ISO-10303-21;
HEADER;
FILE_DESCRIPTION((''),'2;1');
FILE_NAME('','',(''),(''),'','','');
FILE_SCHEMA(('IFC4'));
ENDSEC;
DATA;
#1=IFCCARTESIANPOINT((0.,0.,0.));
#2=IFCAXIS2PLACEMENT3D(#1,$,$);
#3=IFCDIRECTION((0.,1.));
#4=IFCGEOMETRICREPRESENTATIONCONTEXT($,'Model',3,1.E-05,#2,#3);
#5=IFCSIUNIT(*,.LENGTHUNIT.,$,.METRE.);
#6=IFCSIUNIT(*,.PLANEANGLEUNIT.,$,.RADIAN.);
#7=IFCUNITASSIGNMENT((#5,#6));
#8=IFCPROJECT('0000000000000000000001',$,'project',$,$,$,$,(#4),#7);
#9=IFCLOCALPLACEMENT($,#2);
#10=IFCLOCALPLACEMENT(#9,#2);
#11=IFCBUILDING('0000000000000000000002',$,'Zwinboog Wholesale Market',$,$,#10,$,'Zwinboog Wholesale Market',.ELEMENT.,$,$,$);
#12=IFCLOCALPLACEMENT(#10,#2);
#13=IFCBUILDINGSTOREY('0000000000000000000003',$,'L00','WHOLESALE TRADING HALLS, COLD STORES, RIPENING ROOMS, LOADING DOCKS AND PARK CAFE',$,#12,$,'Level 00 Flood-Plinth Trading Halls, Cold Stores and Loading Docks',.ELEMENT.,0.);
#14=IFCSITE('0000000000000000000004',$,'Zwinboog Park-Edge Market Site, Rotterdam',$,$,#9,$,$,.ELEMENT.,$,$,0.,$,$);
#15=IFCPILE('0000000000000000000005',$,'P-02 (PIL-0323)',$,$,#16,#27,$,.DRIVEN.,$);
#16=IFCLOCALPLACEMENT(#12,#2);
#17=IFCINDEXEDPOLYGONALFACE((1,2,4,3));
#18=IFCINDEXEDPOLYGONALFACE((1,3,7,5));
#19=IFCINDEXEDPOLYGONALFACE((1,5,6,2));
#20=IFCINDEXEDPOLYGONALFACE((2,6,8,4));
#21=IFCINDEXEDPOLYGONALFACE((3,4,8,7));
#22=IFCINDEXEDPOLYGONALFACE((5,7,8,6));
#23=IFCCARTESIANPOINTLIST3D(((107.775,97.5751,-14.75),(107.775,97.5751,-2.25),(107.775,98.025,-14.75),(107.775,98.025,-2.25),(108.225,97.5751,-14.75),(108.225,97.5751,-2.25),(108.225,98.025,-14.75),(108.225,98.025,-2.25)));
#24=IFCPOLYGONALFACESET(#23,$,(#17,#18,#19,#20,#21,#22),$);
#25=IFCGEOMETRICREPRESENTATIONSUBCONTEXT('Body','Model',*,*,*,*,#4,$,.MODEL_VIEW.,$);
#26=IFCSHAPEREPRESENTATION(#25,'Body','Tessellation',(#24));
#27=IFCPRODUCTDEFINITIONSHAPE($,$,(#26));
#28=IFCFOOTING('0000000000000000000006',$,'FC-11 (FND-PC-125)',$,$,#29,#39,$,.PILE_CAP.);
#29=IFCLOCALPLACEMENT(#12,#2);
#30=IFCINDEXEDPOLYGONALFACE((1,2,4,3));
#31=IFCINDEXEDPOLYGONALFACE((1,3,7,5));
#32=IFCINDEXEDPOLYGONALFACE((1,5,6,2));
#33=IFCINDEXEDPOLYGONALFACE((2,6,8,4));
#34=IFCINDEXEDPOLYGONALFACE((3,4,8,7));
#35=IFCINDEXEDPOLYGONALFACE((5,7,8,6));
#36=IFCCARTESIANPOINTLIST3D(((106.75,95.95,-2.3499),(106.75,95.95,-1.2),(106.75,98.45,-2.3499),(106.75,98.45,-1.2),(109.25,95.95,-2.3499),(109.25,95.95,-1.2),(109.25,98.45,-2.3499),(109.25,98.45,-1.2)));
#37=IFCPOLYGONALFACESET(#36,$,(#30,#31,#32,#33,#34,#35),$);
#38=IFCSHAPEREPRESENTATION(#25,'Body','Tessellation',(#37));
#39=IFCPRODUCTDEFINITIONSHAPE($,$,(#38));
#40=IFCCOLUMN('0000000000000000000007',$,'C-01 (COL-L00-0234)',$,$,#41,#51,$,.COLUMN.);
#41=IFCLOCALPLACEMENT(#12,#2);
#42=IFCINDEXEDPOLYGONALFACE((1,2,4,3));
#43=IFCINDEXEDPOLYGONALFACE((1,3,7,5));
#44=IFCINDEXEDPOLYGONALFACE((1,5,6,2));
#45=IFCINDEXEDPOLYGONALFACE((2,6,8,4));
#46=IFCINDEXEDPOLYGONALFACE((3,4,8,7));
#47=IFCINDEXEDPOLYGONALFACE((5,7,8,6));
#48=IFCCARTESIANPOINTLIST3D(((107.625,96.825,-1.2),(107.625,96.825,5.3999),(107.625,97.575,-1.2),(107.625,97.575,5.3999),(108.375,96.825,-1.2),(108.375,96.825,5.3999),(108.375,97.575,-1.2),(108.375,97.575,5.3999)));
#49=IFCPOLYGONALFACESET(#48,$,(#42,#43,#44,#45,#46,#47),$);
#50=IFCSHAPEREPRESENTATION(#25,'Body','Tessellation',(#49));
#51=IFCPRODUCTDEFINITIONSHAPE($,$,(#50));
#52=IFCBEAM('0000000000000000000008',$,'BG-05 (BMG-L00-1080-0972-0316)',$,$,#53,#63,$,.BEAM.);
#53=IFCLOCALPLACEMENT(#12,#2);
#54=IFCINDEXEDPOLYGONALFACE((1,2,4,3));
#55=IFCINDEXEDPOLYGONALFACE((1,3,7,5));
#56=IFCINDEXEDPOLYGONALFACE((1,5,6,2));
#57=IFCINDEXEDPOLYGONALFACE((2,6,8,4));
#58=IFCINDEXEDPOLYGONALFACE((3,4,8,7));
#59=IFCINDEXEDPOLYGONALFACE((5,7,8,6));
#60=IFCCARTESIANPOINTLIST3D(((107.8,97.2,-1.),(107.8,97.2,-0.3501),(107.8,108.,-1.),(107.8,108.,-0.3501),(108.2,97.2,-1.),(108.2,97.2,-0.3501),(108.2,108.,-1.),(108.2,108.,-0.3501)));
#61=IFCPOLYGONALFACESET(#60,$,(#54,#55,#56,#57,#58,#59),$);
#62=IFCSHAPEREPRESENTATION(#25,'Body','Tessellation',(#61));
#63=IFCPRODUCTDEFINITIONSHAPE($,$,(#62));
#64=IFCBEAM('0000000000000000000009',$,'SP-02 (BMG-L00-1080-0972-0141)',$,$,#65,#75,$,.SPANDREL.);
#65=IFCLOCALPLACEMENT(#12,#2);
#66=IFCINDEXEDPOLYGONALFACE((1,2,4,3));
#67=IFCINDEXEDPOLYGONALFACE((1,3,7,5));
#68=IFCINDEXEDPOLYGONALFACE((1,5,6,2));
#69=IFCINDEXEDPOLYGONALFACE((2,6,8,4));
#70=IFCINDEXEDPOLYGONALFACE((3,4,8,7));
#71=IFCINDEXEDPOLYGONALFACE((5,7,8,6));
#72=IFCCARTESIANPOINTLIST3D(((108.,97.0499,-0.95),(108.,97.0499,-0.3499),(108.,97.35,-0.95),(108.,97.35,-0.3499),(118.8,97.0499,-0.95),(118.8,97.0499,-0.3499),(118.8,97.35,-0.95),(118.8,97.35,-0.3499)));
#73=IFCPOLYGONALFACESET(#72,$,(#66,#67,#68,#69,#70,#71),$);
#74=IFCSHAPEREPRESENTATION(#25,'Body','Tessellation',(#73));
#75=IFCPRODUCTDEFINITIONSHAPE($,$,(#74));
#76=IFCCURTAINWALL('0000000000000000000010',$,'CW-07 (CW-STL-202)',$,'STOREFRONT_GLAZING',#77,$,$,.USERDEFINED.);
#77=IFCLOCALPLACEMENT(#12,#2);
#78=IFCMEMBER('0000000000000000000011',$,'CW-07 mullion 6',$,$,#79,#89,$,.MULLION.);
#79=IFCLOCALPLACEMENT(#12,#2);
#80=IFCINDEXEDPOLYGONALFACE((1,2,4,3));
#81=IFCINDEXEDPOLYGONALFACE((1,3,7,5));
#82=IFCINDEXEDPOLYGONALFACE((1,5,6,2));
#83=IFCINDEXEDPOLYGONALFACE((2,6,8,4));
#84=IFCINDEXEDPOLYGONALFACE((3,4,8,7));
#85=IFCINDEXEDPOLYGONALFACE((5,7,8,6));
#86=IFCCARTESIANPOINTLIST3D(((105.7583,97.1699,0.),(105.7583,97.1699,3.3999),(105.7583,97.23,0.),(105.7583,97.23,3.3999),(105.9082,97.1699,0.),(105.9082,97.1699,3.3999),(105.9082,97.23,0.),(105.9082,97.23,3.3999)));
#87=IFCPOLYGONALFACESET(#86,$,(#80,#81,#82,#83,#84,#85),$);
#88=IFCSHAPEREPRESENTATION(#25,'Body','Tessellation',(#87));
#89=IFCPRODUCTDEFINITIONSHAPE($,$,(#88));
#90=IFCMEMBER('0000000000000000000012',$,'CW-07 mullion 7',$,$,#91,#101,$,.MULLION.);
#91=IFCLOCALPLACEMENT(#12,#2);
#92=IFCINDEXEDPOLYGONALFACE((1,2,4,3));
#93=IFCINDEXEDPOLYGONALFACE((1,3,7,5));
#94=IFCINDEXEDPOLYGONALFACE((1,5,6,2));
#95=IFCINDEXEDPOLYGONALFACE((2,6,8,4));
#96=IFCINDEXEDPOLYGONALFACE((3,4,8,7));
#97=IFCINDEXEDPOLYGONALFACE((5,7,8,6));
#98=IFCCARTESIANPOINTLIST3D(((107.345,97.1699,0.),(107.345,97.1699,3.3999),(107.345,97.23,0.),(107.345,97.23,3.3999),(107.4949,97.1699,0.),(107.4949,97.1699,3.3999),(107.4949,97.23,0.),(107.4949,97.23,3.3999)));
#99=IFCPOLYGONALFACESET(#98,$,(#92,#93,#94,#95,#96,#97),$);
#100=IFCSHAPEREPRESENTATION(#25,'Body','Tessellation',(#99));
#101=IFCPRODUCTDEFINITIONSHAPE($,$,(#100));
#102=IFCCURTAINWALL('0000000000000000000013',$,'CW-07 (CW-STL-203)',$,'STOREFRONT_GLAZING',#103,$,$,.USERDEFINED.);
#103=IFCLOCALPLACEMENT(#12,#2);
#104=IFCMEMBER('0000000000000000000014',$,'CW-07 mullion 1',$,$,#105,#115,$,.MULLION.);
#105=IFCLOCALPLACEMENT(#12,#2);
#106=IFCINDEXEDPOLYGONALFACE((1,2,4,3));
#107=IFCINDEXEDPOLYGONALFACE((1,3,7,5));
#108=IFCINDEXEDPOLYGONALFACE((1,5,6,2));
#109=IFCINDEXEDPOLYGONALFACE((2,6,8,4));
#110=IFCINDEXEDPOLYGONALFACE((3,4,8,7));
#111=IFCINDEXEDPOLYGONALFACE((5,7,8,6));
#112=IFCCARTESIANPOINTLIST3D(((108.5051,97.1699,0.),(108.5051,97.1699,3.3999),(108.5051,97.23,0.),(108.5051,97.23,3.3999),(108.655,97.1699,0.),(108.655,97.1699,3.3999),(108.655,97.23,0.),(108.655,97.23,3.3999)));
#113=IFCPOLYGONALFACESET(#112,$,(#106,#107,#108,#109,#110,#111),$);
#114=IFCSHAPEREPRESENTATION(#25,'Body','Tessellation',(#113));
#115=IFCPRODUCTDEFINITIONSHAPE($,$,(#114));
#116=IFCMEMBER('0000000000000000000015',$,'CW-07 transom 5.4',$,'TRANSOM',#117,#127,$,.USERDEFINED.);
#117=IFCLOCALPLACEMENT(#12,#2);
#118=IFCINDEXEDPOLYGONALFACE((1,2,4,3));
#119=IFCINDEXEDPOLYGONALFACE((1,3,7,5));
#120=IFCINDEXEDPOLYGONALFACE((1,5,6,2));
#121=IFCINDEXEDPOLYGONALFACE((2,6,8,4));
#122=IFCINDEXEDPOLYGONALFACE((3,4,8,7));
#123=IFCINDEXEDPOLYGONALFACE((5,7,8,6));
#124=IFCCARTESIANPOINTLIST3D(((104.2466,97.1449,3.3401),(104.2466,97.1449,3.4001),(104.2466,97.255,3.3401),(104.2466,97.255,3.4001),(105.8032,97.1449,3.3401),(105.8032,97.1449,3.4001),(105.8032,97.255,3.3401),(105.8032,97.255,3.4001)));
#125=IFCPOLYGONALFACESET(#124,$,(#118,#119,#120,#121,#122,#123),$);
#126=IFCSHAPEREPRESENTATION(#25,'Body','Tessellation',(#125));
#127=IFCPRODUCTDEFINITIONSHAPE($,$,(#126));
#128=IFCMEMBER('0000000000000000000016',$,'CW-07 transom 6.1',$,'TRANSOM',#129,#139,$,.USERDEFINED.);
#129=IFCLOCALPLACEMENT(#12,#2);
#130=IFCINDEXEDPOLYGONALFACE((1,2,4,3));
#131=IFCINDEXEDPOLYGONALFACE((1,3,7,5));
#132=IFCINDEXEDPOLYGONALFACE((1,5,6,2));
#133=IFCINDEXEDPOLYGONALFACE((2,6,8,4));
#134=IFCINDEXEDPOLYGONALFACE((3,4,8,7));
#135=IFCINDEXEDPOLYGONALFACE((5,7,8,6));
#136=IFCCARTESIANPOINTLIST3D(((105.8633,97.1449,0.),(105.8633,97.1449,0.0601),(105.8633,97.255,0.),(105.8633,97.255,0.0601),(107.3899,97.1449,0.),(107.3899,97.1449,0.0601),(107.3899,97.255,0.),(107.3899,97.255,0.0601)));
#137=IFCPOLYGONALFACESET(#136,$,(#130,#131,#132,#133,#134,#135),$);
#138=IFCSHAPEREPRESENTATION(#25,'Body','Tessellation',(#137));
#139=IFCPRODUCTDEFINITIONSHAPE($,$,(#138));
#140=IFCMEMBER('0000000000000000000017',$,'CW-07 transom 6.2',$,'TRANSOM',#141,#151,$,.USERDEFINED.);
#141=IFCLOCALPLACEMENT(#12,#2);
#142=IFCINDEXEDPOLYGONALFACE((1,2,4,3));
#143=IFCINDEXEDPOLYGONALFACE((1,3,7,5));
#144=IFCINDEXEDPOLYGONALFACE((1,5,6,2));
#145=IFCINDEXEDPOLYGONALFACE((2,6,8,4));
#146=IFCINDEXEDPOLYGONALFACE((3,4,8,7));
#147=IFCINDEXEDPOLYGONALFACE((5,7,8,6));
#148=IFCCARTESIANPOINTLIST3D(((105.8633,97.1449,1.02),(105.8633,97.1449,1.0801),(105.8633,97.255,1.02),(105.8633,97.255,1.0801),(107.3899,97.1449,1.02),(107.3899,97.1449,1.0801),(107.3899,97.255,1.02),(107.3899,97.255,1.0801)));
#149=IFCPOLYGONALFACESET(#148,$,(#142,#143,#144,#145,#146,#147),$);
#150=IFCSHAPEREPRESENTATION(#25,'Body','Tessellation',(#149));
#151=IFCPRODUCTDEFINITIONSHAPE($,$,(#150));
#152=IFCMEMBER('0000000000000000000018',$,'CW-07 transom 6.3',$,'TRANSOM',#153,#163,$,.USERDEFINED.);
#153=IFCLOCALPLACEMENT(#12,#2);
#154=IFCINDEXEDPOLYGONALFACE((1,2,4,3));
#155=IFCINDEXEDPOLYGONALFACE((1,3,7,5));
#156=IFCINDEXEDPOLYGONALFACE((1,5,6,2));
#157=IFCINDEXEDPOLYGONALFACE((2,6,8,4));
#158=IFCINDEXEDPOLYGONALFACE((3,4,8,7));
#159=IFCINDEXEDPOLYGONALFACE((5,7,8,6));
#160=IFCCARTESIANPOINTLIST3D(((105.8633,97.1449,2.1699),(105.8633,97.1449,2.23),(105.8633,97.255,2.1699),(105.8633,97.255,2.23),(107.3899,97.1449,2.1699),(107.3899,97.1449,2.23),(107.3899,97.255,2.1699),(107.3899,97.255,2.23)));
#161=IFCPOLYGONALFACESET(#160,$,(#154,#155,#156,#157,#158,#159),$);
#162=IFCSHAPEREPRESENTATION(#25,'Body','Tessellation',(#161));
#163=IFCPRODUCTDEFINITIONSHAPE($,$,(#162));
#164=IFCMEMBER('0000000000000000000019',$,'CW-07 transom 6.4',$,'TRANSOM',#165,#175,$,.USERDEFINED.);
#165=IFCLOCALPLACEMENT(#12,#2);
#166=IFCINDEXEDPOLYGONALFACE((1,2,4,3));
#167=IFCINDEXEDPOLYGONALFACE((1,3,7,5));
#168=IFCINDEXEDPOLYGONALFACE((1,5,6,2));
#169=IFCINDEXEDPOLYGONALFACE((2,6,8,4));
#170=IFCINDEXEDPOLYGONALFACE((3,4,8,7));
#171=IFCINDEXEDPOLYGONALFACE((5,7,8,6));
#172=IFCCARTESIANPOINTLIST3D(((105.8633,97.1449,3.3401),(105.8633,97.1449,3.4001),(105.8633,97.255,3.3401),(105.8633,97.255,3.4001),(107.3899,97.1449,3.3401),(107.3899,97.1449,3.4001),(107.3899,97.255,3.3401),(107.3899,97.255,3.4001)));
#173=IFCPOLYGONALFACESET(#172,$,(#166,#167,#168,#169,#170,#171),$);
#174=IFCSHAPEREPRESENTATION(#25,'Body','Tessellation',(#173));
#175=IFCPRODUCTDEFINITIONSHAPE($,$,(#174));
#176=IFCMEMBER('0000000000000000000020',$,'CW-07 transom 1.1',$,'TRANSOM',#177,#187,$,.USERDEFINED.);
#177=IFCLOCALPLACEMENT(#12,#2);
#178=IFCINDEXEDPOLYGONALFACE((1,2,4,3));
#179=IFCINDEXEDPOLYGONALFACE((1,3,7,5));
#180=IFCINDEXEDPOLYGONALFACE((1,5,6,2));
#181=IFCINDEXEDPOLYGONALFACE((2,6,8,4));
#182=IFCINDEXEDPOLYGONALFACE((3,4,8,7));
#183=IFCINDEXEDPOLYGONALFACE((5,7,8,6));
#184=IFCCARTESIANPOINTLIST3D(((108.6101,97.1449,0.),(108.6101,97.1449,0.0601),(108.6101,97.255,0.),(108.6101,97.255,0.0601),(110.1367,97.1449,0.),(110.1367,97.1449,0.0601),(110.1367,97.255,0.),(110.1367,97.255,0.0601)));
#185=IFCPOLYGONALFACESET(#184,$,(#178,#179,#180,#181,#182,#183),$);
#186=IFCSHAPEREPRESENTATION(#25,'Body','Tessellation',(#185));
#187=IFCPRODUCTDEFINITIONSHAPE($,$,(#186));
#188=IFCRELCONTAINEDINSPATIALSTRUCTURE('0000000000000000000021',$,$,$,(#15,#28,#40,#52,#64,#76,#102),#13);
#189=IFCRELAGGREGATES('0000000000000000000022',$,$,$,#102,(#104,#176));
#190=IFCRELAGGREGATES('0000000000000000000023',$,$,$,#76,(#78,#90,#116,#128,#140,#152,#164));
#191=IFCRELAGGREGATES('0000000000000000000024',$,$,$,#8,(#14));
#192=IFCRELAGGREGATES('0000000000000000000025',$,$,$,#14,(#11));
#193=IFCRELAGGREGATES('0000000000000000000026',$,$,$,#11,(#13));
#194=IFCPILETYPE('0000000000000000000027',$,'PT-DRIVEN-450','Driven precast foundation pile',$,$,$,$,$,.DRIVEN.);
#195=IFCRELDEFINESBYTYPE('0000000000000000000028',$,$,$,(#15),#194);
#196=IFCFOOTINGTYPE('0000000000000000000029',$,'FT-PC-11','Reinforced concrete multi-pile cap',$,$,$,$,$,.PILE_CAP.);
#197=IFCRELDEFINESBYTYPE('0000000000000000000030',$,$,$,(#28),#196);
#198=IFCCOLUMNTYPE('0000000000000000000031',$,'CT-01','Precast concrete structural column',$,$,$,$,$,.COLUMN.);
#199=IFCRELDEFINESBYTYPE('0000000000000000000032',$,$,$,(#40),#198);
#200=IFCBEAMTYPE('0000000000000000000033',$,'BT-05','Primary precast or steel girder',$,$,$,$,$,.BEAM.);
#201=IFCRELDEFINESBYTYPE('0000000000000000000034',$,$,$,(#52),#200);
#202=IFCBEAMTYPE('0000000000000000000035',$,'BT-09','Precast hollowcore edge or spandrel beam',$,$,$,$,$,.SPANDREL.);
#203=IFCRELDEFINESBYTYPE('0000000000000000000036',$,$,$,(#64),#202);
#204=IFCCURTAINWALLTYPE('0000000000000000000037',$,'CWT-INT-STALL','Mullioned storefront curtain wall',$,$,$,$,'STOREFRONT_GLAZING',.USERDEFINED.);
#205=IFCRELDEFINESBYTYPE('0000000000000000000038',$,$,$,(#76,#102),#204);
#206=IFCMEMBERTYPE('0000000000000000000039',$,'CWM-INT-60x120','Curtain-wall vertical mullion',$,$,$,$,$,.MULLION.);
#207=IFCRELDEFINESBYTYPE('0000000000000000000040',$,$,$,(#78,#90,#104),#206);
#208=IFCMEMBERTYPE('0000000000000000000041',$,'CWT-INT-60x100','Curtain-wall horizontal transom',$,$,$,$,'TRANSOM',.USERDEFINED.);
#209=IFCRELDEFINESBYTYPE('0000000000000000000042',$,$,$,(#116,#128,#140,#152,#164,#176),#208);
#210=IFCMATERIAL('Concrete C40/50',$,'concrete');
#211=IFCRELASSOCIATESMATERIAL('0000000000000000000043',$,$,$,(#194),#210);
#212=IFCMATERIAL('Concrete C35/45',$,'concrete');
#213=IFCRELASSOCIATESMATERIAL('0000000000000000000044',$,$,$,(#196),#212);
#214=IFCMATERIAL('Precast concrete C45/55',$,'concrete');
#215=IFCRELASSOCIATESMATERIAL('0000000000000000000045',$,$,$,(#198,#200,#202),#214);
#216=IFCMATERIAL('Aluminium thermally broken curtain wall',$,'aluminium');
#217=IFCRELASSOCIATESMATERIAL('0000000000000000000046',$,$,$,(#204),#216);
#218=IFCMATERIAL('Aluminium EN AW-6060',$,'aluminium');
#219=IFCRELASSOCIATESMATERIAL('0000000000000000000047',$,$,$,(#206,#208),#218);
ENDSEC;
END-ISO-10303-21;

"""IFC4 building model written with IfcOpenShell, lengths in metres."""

from ifc_helpers import new_model, si_unit, direction, frame, origin, origin_2d, place, context, subcontext, project, spatial, rectangle, extrude, material, material_profile, profile_set, type_object, element, aggregate, save


model = new_model("IFC4")

# Units and contexts
model_context = context("Model", 3, precision=1e-05, world=origin(), true_north=direction((0.0, 1.0)))
body_context = subcontext(model_context, "Body", "Model", "MODEL_VIEW")
ifc_project = project(units=[si_unit("LENGTHUNIT", "METRE"), si_unit("PLANEANGLEUNIT", "RADIAN")], contexts=[model_context])

# Site, building, storey
site_placement = place(None, origin())
site = spatial("IfcSite", under=ifc_project, at=site_placement, Name="Zwinboog Park-Edge Market Site, Rotterdam", CompositionType="ELEMENT", RefElevation=0.0)
building_placement = place(site_placement, origin())
building = spatial("IfcBuilding", under=site, at=building_placement, Name="Zwinboog Wholesale Market", LongName="Zwinboog Wholesale Market", CompositionType="ELEMENT")
storey_placement = place(building_placement, origin())
storey = spatial("IfcBuildingStorey", under=building, at=storey_placement, Name="L00", Description="WHOLESALE TRADING HALLS, COLD STORES, RIPENING ROOMS, LOADING DOCKS AND PARK CAFE", LongName="Level 00 Flood-Plinth Trading Halls, Cold Stores and Loading Docks", CompositionType="ELEMENT", Elevation=0.0)

# Pile
ifc_material_1 = material(Name="Concrete C40/50", Category="concrete")
ifc_material_profile_1 = material_profile(ifc_material_1, rectangle(XDim=0.45, YDim=0.45, at=origin_2d()), Name="PILE SQ450")
ifc_profile_set_1 = profile_set([ifc_material_profile_1], Name="Concrete C40/50")
pile_type = type_object("IfcPileType", Name="PT-DRIVEN-450", Description="Driven precast foundation pile", PredefinedType="DRIVEN", material=ifc_profile_set_1)
pile_placement = place(storey_placement, frame((108.0, 97.8, -2.25), z_axis=(0.0, 0.0, -1.0), x_axis=(1.0, 0.0, 0.0)))
element("IfcPile", 1, at=pile_placement, inside=storey, type_object=pile_type, Name="P-02 (PIL-0323)", PredefinedType="DRIVEN", context=body_context, shape_type="SweptSolid", body=[
    extrude(rectangle(XDim=0.45, YDim=0.45, at=origin_2d()), origin(), (0.0, 0.0, 1.0), 12.5),
])

# Footing
ifc_material_2 = material(Name="Concrete C35/45", Category="concrete")
footing_type = type_object("IfcFootingType", Name="FT-PC-11", Description="Reinforced concrete multi-pile cap", PredefinedType="PILE_CAP", material=ifc_material_2)
footing_placement = place(storey_placement, frame((108.0, 97.2, -2.3499), z_axis=(0.0, 0.0, 1.0), x_axis=(1.0, 0.0, 0.0)))
element("IfcFooting", 2, at=footing_placement, inside=storey, type_object=footing_type, Name="FC-11 (FND-PC-125)", PredefinedType="PILE_CAP", context=body_context, shape_type="SweptSolid", body=[
    extrude(rectangle(XDim=2.5, YDim=2.5, at=origin_2d()), origin(), (0.0, 0.0, 1.0), 1.1499),
])

# Column
ifc_material_3 = material(Name="Precast concrete C45/55", Category="concrete")
ifc_material_profile_2 = material_profile(ifc_material_3, rectangle(XDim=0.75, YDim=0.75, at=origin_2d()), Name="PC 750x750")
ifc_profile_set_2 = profile_set([ifc_material_profile_2], Name="Precast concrete C45/55")
column_type = type_object("IfcColumnType", Name="CT-01", Description="Precast concrete structural column", PredefinedType="COLUMN", material=ifc_profile_set_2)
column_placement = place(storey_placement, frame((108.0, 97.2, -1.2), z_axis=(0.0, 0.0, 1.0), x_axis=(1.0, 0.0, 0.0)))
element("IfcColumn", 3, at=column_placement, inside=storey, type_object=column_type, Name="C-01 (COL-L00-0234)", PredefinedType="COLUMN", context=body_context, shape_type="SweptSolid", body=[
    extrude(rectangle(XDim=0.75, YDim=0.75, at=origin_2d()), origin(), (0.0, 0.0, 1.0), 6.5999),
])

# Beams
ifc_material_profile_3 = material_profile(ifc_material_3, rectangle(XDim=0.3999, YDim=0.6499, at=origin_2d()), Name="PC 400x650")
ifc_profile_set_3 = profile_set([ifc_material_profile_3], Name="Precast concrete C45/55")
beam_type_1 = type_object("IfcBeamType", Name="BT-05", Description="Primary precast or steel girder", PredefinedType="BEAM", material=ifc_profile_set_3)
beam_1_placement = place(storey_placement, frame((108.0, 97.2, -0.675), z_axis=(0.0, 1.0, 0.0), x_axis=(-1.0, 0.0, 0.0)))
element("IfcBeam", 4, at=beam_1_placement, inside=storey, type_object=beam_type_1, Name="BG-05 (BMG-L00-1080-0972-0316)", PredefinedType="BEAM", context=body_context, shape_type="SweptSolid", body=[
    extrude(rectangle(XDim=0.3999, YDim=0.6499, at=origin_2d()), origin(), (0.0, 0.0, 1.0), 10.8),
])
ifc_material_profile_4 = material_profile(ifc_material_3, rectangle(XDim=0.3, YDim=0.6001, at=origin_2d()), Name="PC 300x600")
ifc_profile_set_4 = profile_set([ifc_material_profile_4], Name="Precast concrete C45/55")
beam_type_2 = type_object("IfcBeamType", Name="BT-09", Description="Precast hollowcore edge or spandrel beam", PredefinedType="SPANDREL", material=ifc_profile_set_4)
beam_2_placement = place(storey_placement, frame((108.0, 97.2, -0.6499), z_axis=(1.0, 0.0, 0.0), x_axis=(0.0, 1.0, 0.0)))
element("IfcBeam", 5, at=beam_2_placement, inside=storey, type_object=beam_type_2, Name="SP-02 (BMG-L00-1080-0972-0141)", PredefinedType="SPANDREL", context=body_context, shape_type="SweptSolid", body=[
    extrude(rectangle(XDim=0.3, YDim=0.6001, at=origin_2d()), origin(), (0.0, 0.0, 1.0), 10.8),
])

# Curtain wall, members
ifc_material_4 = material(Name="Aluminium thermally broken curtain wall", Category="aluminium")
curtain_wall_type = type_object("IfcCurtainWallType", Name="CWT-INT-STALL", Description="Mullioned storefront curtain wall", ElementType="STOREFRONT_GLAZING", PredefinedType="USERDEFINED", material=ifc_material_4)
curtain_wall_1_placement = place(storey_placement, origin())
curtain_wall_1 = element("IfcCurtainWall", 6, at=curtain_wall_1_placement, inside=storey, type_object=curtain_wall_type, Name="CW-07 (CW-STL-202)", ObjectType="STOREFRONT_GLAZING", PredefinedType="USERDEFINED")
ifc_material_5 = material(Name="Aluminium EN AW-6060", Category="aluminium")
ifc_material_profile_5 = material_profile(ifc_material_5, rectangle(XDim=0.0601, YDim=0.1499, at=origin_2d()), Name="AL 60x150")
ifc_profile_set_5 = profile_set([ifc_material_profile_5], Name="Aluminium EN AW-6060")
member_type_1 = type_object("IfcMemberType", Name="CWM-INT-60x120", Description="Curtain-wall vertical mullion", PredefinedType="MULLION", material=ifc_profile_set_5)
member_1_placement = place(storey_placement, frame((105.8333, 97.2, 0.0), z_axis=(0.0, 0.0, 1.0), x_axis=(0.0, 1.0, 0.0)))
member_1 = element("IfcMember", 7, at=member_1_placement, type_object=member_type_1, Name="CW-07 mullion 6", PredefinedType="MULLION", context=body_context, shape_type="SweptSolid", body=[
    extrude(rectangle(XDim=0.0601, YDim=0.1499, at=origin_2d()), origin(), (0.0, 0.0, 1.0), 3.3999),
])
member_2_placement = place(storey_placement, frame((107.4199, 97.2, 0.0), z_axis=(0.0, 0.0, 1.0), x_axis=(0.0, 1.0, 0.0)))
member_2 = element("IfcMember", 8, at=member_2_placement, type_object=member_type_1, Name="CW-07 mullion 7", PredefinedType="MULLION", context=body_context, shape_type="SweptSolid", body=[
    extrude(rectangle(XDim=0.0601, YDim=0.1499, at=origin_2d()), origin(), (0.0, 0.0, 1.0), 3.3999),
])

# Curtain wall, member
curtain_wall_2_placement = place(storey_placement, origin())
curtain_wall_2 = element("IfcCurtainWall", 9, at=curtain_wall_2_placement, inside=storey, type_object=curtain_wall_type, Name="CW-07 (CW-STL-203)", ObjectType="STOREFRONT_GLAZING", PredefinedType="USERDEFINED")
member_3_placement = place(storey_placement, frame((108.5801, 97.2, 0.0), z_axis=(0.0, 0.0, 1.0), x_axis=(0.0, 1.0, 0.0)))
member_3 = element("IfcMember", 10, at=member_3_placement, type_object=member_type_1, Name="CW-07 mullion 1", PredefinedType="MULLION", context=body_context, shape_type="SweptSolid", body=[
    extrude(rectangle(XDim=0.0601, YDim=0.1499, at=origin_2d()), origin(), (0.0, 0.0, 1.0), 3.3999),
])

# Members
ifc_material_profile_6 = material_profile(ifc_material_5, rectangle(XDim=0.1101, YDim=0.0601, at=origin_2d()), Name="AL 60x110")
ifc_profile_set_6 = profile_set([ifc_material_profile_6], Name="Aluminium EN AW-6060")
member_type_2 = type_object("IfcMemberType", Name="CWT-INT-60x100", Description="Curtain-wall horizontal transom", ElementType="TRANSOM", PredefinedType="USERDEFINED", material=ifc_profile_set_6)
member_4_placement = place(storey_placement, frame((104.2466, 97.2, 3.3701), z_axis=(1.0, 0.0, 0.0), x_axis=(0.0, 1.0, 0.0)))
member_4 = element("IfcMember", 11, at=member_4_placement, type_object=member_type_2, Name="CW-07 transom 5.4", ObjectType="TRANSOM", PredefinedType="USERDEFINED", context=body_context, shape_type="SweptSolid", body=[
    extrude(rectangle(XDim=0.1101, YDim=0.0601, at=origin_2d()), origin(), (0.0, 0.0, 1.0), 1.5566),
])
member_5_placement = place(storey_placement, frame((105.8633, 97.2, 0.03), z_axis=(1.0, 0.0, 0.0), x_axis=(0.0, 1.0, 0.0)))
member_5 = element("IfcMember", 12, at=member_5_placement, type_object=member_type_2, Name="CW-07 transom 6.1", ObjectType="TRANSOM", PredefinedType="USERDEFINED", context=body_context, shape_type="SweptSolid", body=[
    extrude(rectangle(XDim=0.1101, YDim=0.0601, at=origin_2d()), origin(), (0.0, 0.0, 1.0), 1.5266),
])
member_6_placement = place(storey_placement, frame((105.8633, 97.2, 1.05), z_axis=(1.0, 0.0, 0.0), x_axis=(0.0, 1.0, 0.0)))
member_6 = element("IfcMember", 13, at=member_6_placement, type_object=member_type_2, Name="CW-07 transom 6.2", ObjectType="TRANSOM", PredefinedType="USERDEFINED", context=body_context, shape_type="SweptSolid", body=[
    extrude(rectangle(XDim=0.1101, YDim=0.0601, at=origin_2d()), origin(), (0.0, 0.0, 1.0), 1.5266),
])
member_7_placement = place(storey_placement, frame((105.8633, 97.2, 2.2), z_axis=(1.0, 0.0, 0.0), x_axis=(0.0, 1.0, 0.0)))
member_7 = element("IfcMember", 14, at=member_7_placement, type_object=member_type_2, Name="CW-07 transom 6.3", ObjectType="TRANSOM", PredefinedType="USERDEFINED", context=body_context, shape_type="SweptSolid", body=[
    extrude(rectangle(XDim=0.1101, YDim=0.0601, at=origin_2d()), origin(), (0.0, 0.0, 1.0), 1.5266),
])
member_8_placement = place(storey_placement, frame((105.8633, 97.2, 3.3701), z_axis=(1.0, 0.0, 0.0), x_axis=(0.0, 1.0, 0.0)))
member_8 = element("IfcMember", 15, at=member_8_placement, type_object=member_type_2, Name="CW-07 transom 6.4", ObjectType="TRANSOM", PredefinedType="USERDEFINED", context=body_context, shape_type="SweptSolid", body=[
    extrude(rectangle(XDim=0.1101, YDim=0.0601, at=origin_2d()), origin(), (0.0, 0.0, 1.0), 1.5266),
])
member_9_placement = place(storey_placement, frame((108.6101, 97.2, 0.03), z_axis=(1.0, 0.0, 0.0), x_axis=(0.0, 1.0, 0.0)))
member_9 = element("IfcMember", 16, at=member_9_placement, type_object=member_type_2, Name="CW-07 transom 1.1", ObjectType="TRANSOM", PredefinedType="USERDEFINED", context=body_context, shape_type="SweptSolid", body=[
    extrude(rectangle(XDim=0.1101, YDim=0.0601, at=origin_2d()), origin(), (0.0, 0.0, 1.0), 1.5266),
])
aggregate(curtain_wall_2, [member_3, member_9])

aggregate(curtain_wall_1, [member_1, member_2, member_4, member_5, member_6, member_7, member_8])

save(model, "model.ifc")
